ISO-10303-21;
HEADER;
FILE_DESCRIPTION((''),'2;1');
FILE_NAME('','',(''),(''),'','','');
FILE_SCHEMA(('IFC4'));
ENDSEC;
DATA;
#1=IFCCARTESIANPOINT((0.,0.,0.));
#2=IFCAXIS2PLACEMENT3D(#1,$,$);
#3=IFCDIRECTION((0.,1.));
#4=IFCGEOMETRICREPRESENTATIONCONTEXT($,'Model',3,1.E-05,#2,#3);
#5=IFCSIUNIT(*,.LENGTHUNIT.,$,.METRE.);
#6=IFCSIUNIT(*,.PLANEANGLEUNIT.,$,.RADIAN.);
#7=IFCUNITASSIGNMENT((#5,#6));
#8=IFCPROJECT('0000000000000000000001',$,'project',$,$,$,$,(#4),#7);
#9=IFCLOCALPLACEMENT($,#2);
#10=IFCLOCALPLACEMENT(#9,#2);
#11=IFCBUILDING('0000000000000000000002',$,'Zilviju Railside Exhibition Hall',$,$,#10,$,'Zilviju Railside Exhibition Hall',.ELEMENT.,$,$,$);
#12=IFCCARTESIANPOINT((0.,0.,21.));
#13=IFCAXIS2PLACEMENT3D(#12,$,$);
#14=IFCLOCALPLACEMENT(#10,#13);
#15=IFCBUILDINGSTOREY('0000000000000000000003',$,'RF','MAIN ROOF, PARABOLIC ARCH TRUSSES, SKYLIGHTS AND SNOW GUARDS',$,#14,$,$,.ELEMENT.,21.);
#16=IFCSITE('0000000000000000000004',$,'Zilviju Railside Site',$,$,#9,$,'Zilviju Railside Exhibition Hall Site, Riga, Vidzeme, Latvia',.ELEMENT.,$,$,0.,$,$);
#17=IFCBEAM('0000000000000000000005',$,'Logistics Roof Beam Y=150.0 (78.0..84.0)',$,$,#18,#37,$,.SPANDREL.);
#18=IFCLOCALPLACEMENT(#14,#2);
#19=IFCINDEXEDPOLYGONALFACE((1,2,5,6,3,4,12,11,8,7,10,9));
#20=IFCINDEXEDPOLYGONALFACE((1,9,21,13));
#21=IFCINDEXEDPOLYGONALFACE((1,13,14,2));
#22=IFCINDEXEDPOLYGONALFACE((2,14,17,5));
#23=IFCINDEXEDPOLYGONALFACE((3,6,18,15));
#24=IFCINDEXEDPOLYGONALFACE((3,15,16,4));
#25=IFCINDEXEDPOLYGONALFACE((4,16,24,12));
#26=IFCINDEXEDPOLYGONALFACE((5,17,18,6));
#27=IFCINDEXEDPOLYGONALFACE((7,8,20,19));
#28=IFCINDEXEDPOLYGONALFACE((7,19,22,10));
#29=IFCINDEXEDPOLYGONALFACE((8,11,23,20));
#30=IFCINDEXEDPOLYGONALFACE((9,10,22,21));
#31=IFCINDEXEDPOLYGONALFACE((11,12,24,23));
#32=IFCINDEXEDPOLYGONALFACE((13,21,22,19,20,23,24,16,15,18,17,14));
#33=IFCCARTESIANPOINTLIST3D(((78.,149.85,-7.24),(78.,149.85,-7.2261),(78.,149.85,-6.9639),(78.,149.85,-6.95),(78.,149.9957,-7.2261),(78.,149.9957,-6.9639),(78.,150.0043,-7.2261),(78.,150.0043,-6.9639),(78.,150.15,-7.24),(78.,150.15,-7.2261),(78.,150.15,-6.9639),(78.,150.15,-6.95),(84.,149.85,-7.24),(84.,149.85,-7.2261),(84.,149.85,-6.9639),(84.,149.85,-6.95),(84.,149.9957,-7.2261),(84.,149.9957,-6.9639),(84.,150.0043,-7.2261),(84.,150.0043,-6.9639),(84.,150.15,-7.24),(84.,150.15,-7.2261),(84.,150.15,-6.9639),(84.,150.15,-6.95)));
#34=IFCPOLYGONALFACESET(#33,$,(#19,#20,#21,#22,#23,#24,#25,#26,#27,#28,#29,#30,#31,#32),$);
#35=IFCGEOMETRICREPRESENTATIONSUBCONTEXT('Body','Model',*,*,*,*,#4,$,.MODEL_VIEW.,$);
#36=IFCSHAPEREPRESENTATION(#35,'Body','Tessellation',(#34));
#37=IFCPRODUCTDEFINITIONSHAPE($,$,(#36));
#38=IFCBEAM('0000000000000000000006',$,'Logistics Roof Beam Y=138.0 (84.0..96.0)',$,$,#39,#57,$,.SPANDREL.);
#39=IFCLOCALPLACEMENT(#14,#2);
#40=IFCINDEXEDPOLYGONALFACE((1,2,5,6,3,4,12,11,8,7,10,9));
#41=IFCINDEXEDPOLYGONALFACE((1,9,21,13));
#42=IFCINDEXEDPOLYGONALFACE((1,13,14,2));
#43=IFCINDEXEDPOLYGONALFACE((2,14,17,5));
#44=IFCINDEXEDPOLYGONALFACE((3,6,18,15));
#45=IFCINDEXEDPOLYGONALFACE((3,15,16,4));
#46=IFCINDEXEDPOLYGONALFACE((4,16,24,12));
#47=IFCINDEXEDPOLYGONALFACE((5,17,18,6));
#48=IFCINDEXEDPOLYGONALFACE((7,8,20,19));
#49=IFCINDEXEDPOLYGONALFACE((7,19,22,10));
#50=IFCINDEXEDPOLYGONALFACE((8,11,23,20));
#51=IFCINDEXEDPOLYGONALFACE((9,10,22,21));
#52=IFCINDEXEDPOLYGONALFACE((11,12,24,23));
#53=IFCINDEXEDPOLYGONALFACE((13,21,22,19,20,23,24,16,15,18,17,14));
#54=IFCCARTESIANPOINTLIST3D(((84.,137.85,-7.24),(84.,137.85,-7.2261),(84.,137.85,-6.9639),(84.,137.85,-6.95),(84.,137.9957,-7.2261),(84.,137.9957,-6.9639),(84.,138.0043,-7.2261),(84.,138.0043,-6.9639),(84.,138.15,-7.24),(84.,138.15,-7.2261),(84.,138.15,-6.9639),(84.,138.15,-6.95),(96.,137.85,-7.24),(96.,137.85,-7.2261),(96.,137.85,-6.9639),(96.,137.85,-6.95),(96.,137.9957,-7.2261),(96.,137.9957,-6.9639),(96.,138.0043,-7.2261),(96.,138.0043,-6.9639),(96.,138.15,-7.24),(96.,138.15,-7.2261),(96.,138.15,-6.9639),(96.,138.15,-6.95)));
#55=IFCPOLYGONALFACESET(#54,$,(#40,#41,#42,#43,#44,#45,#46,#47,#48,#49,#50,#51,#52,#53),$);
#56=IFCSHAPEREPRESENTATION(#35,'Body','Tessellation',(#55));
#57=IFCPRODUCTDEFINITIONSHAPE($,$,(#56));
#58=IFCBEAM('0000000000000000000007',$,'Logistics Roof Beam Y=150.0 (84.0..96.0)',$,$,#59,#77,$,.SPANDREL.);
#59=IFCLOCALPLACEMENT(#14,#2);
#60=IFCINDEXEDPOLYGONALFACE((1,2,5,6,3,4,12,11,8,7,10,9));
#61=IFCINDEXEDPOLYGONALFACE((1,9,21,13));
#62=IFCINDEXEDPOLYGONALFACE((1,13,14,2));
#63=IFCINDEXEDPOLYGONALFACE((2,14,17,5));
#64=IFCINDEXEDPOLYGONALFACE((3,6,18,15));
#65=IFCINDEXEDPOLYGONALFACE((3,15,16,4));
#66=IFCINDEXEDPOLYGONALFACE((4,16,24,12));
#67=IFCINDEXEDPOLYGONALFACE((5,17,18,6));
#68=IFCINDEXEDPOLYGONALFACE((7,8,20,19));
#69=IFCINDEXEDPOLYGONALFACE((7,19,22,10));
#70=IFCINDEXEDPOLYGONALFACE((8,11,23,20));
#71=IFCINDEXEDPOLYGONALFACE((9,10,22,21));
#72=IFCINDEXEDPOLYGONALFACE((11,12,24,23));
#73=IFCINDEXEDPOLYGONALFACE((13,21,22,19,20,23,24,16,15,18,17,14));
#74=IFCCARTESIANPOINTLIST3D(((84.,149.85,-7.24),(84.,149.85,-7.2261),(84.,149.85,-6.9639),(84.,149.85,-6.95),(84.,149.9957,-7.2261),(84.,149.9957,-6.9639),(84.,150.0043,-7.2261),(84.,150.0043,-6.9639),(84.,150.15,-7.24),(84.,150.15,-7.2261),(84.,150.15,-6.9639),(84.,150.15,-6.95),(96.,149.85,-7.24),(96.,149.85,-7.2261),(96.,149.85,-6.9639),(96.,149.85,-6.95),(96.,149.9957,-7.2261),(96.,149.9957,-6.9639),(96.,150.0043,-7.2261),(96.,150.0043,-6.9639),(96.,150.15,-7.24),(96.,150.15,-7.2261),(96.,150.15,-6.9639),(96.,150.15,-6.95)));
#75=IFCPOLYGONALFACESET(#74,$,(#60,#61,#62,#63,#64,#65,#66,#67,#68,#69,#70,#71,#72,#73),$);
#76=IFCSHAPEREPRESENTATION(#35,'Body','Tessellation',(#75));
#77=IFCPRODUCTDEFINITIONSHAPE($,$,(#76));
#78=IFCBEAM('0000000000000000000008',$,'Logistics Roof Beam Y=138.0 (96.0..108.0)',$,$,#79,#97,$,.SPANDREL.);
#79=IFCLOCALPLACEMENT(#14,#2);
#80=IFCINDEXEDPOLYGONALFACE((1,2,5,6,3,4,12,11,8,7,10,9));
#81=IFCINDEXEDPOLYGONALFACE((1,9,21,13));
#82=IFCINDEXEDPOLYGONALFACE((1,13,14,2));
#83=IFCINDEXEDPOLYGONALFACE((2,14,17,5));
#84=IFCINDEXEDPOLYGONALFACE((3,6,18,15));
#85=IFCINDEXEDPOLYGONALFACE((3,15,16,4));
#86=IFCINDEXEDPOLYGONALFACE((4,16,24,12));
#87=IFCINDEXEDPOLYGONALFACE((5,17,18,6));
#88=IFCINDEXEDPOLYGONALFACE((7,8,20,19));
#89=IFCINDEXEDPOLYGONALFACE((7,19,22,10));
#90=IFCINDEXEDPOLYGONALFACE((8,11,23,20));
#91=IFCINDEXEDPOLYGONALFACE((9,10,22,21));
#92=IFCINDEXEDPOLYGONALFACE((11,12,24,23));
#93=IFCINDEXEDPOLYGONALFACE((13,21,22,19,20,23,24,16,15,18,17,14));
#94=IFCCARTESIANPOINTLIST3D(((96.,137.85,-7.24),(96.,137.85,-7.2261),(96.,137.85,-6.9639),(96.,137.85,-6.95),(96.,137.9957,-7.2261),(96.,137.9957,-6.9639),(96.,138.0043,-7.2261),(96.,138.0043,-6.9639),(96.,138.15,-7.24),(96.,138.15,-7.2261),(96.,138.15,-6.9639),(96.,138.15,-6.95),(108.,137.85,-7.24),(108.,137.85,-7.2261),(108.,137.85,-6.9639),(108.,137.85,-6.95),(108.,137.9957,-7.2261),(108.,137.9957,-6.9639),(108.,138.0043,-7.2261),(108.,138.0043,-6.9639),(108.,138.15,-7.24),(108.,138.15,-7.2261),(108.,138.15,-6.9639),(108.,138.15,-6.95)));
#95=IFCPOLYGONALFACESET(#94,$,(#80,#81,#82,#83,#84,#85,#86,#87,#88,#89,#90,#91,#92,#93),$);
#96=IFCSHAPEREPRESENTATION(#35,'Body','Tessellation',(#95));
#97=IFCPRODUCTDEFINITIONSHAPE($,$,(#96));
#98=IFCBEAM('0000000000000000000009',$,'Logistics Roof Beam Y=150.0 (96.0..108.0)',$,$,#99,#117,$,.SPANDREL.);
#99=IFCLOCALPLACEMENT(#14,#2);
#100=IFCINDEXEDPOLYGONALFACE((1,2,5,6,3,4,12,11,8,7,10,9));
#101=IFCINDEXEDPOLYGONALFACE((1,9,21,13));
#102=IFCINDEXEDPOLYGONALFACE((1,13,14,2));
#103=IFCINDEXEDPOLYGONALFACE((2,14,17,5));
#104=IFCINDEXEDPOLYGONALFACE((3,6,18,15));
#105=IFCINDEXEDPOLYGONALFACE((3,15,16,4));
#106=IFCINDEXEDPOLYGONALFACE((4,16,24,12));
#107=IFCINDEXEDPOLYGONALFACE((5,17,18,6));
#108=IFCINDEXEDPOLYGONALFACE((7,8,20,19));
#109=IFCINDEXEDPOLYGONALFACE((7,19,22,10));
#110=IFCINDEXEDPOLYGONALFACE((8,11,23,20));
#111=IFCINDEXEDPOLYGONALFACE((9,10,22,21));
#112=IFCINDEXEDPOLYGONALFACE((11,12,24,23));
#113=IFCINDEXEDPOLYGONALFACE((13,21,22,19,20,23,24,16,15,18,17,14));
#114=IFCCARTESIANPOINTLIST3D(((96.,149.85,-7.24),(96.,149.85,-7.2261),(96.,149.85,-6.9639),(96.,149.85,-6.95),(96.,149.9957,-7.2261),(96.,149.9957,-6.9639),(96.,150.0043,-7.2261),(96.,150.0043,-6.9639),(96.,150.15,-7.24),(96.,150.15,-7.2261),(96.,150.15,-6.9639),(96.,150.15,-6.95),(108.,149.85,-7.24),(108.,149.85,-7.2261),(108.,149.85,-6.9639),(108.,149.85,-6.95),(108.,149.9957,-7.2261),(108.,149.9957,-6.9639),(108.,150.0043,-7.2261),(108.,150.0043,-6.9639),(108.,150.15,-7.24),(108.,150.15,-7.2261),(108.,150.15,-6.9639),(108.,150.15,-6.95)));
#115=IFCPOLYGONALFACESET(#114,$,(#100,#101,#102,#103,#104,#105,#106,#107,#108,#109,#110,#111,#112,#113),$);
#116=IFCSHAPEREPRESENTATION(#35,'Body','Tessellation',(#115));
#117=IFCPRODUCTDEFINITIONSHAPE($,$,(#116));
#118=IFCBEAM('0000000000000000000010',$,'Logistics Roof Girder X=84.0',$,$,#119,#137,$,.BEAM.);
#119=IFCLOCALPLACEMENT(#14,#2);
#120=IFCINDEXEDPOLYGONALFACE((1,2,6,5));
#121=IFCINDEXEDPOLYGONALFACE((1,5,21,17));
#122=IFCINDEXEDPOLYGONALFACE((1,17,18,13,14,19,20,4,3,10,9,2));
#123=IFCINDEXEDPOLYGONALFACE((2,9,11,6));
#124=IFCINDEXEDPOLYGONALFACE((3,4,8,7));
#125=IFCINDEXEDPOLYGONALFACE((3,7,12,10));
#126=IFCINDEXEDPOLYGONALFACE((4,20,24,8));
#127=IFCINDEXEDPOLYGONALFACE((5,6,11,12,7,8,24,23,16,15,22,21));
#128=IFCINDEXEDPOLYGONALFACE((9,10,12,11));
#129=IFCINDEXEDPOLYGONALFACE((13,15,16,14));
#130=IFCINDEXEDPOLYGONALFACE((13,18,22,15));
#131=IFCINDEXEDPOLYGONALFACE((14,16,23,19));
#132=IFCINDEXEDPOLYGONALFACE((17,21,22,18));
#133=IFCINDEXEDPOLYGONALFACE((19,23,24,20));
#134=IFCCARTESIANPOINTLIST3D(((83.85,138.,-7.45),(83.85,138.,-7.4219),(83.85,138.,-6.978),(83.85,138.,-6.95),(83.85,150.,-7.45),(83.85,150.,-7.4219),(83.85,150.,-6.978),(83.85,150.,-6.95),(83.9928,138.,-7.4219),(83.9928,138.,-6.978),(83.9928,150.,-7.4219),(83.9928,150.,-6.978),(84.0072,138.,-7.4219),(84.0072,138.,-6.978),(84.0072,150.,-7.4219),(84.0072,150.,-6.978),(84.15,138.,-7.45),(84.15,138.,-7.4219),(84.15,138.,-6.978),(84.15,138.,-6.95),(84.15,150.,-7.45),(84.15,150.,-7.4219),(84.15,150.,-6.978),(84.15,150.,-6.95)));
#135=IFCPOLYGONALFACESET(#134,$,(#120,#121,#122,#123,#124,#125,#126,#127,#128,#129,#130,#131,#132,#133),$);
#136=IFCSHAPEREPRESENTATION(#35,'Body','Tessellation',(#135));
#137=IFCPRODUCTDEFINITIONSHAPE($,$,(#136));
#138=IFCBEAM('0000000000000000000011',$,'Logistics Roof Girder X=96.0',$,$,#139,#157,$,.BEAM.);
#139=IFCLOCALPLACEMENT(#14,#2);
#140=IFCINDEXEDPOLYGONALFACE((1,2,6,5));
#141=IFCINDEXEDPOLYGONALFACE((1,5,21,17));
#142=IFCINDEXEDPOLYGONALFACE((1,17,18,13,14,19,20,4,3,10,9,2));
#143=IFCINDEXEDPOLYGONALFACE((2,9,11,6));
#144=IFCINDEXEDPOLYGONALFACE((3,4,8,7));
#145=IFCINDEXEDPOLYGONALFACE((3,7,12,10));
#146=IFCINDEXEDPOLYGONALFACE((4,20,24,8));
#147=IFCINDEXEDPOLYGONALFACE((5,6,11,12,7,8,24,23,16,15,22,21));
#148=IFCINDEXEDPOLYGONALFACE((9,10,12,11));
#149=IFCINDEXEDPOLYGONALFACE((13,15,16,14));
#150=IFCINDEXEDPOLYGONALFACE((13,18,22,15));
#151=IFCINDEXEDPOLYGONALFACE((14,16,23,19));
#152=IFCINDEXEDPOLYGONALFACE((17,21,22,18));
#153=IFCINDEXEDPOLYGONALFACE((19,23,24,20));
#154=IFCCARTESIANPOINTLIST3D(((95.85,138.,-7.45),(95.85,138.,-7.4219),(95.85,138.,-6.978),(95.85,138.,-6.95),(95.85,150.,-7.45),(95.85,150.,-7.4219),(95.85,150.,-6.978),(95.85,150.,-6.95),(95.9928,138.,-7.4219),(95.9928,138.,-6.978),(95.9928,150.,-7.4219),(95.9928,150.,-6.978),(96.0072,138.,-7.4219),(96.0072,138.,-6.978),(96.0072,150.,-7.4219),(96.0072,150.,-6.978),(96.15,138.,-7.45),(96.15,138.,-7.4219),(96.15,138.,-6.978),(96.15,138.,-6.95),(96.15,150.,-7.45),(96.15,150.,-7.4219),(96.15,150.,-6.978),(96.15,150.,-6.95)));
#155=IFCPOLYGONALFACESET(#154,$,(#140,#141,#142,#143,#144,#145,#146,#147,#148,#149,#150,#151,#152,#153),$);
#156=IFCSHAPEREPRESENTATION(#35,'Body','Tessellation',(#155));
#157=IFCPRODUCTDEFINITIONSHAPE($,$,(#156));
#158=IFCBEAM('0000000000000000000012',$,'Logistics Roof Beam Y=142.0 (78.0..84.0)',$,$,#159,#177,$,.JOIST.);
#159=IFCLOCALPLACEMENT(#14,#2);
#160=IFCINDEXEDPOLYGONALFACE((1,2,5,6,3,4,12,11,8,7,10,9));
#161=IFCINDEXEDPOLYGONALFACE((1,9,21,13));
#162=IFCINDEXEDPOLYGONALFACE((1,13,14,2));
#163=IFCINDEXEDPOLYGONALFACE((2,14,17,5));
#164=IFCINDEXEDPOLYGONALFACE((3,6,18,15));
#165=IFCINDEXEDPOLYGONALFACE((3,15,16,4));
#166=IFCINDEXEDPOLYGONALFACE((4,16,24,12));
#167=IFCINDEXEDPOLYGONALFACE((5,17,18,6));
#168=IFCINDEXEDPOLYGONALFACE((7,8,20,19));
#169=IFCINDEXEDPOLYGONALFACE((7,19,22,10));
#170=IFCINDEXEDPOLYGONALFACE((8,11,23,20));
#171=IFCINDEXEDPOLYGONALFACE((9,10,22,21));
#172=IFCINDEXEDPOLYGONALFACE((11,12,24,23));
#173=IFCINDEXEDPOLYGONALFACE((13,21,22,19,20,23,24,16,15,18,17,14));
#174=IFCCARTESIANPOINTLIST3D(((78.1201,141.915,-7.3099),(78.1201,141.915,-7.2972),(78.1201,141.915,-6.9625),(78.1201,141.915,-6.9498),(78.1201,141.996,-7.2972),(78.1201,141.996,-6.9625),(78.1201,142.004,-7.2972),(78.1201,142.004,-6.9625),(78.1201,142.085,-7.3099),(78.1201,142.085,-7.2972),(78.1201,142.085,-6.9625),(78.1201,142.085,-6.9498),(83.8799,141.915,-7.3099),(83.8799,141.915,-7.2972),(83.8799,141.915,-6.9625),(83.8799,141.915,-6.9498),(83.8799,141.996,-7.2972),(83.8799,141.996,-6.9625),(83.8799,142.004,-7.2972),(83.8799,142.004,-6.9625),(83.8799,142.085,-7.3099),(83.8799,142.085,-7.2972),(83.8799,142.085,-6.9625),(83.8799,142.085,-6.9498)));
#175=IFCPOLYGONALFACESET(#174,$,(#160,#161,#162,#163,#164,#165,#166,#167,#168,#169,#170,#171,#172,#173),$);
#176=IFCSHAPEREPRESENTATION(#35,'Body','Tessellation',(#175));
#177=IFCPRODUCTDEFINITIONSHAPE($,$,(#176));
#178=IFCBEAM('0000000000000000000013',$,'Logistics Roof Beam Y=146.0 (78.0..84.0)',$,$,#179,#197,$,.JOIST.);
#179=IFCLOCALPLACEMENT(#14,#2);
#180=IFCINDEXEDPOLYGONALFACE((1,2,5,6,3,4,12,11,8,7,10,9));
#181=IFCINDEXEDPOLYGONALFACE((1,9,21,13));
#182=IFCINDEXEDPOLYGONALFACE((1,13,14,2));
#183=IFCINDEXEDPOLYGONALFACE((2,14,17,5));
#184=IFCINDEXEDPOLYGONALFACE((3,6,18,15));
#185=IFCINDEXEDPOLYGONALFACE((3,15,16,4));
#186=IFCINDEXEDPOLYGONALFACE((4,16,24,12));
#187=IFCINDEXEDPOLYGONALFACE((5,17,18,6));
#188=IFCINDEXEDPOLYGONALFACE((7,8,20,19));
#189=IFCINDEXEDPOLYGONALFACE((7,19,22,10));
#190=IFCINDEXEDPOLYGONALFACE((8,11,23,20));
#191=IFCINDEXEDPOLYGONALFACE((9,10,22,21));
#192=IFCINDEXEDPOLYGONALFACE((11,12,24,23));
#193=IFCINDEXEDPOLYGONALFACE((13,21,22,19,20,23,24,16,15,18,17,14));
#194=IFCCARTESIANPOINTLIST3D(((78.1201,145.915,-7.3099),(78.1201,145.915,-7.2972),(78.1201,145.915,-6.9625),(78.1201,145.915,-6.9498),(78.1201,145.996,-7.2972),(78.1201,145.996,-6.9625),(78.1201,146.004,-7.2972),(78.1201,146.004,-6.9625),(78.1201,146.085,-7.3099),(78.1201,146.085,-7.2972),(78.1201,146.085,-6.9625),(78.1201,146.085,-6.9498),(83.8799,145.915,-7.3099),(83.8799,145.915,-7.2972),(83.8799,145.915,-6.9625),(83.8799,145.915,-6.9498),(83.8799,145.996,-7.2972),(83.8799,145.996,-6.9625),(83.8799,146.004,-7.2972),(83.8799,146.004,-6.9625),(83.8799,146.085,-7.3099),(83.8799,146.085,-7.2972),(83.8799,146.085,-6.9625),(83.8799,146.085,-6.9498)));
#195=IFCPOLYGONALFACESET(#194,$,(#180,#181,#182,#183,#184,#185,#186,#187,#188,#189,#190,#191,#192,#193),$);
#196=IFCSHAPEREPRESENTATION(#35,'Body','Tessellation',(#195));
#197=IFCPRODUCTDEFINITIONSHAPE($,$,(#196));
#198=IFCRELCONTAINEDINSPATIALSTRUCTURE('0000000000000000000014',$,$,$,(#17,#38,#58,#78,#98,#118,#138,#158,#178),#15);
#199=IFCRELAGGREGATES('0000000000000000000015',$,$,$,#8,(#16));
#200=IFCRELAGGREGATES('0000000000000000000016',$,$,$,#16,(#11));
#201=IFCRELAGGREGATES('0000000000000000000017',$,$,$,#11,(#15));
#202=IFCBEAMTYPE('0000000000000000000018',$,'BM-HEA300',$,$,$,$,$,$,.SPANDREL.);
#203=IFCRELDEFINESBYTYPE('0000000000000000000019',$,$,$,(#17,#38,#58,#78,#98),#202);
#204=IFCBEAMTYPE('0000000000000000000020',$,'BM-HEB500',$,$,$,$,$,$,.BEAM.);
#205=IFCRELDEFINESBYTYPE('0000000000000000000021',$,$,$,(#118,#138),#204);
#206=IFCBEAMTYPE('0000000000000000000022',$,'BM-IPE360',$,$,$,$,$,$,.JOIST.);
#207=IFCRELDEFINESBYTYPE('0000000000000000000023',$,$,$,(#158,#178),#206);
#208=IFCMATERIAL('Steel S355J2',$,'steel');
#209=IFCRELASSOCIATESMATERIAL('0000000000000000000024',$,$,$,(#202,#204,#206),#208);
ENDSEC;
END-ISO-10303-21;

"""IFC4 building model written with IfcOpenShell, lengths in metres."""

from ifc_helpers import new_model, si_unit, direction, frame, origin, origin_2d, place, context, subcontext, project, spatial, i_section, extrude, material, material_profile, profile_set, type_object, element, save


model = new_model("IFC4")

# Units and contexts
model_context = context("Model", 3, precision=1e-05, world=origin(), true_north=direction((0.0, 1.0)))
body_context = subcontext(model_context, "Body", "Model", "MODEL_VIEW")
ifc_project = project(units=[si_unit("LENGTHUNIT", "METRE"), si_unit("PLANEANGLEUNIT", "RADIAN")], contexts=[model_context])

# Site, building, storey
site_placement = place(None, origin())
site = spatial("IfcSite", under=ifc_project, at=site_placement, Name="Zilviju Railside Site", LongName="Zilviju Railside Exhibition Hall Site, Riga, Vidzeme, Latvia", CompositionType="ELEMENT", RefElevation=0.0)
building_placement = place(site_placement, origin())
building = spatial("IfcBuilding", under=site, at=building_placement, Name="Zilviju Railside Exhibition Hall", LongName="Zilviju Railside Exhibition Hall", CompositionType="ELEMENT")
storey_placement = place(building_placement, frame((0.0, 0.0, 21.0)))
storey = spatial("IfcBuildingStorey", under=building, at=storey_placement, Name="RF", Description="MAIN ROOF, PARABOLIC ARCH TRUSSES, SKYLIGHTS AND SNOW GUARDS", CompositionType="ELEMENT", Elevation=21.0)

# Beams
ifc_material_1 = material(Name="Steel S355J2", Category="steel")
ifc_material_profile_1 = material_profile(ifc_material_1, i_section(OverallWidth=0.3, OverallDepth=0.29, WebThickness=0.0085, FlangeThickness=0.0139, at=origin_2d()), Name="HEA 300")
ifc_profile_set_1 = profile_set([ifc_material_profile_1], Name="Steel S355J2")
beam_type_1 = type_object("IfcBeamType", Name="BM-HEA300", PredefinedType="SPANDREL", material=ifc_profile_set_1)
beam_placement = place(storey_placement, frame((78.0, 150.0, -7.095), z_axis=(1.0, 0.0, 0.0), x_axis=(0.0, 1.0, 0.0)))
element("IfcBeam", 1, at=beam_placement, inside=storey, type_object=beam_type_1, Name="Logistics Roof Beam Y=150.0 (78.0..84.0)", PredefinedType="SPANDREL", context=body_context, shape_type="SweptSolid", body=[
    extrude(i_section(OverallWidth=0.3, OverallDepth=0.29, WebThickness=0.0085, FlangeThickness=0.0139, at=origin_2d()), origin(), (0.0, 0.0, 1.0), 6.0),
])
for number, where, z_axis, x_axis, name in (
    (2, (84.0, 138.0, -7.095), (1.0, 0.0, 0.0), (0.0, 1.0, 0.0), "Logistics Roof Beam Y=138.0 (84.0..96.0)"),
    (3, (84.0, 150.0, -7.095), (1.0, 0.0, 0.0), (0.0, 1.0, 0.0), "Logistics Roof Beam Y=150.0 (84.0..96.0)"),
    (4, (96.0, 138.0, -7.095), (1.0, 0.0, 0.0), (0.0, 1.0, 0.0), "Logistics Roof Beam Y=138.0 (96.0..108.0)"),
    (5, (96.0, 150.0, -7.095), (1.0, 0.0, 0.0), (0.0, 1.0, 0.0), "Logistics Roof Beam Y=150.0 (96.0..108.0)"),
):
    element("IfcBeam", number, at=place(storey_placement, frame(where, z_axis=z_axis, x_axis=x_axis)), inside=storey, type_object=beam_type_1, Name=name, PredefinedType="SPANDREL", context=body_context, shape_type="SweptSolid", body=[
        extrude(i_section(OverallWidth=0.3, OverallDepth=0.29, WebThickness=0.0085, FlangeThickness=0.0139, at=origin_2d()), origin(), (0.0, 0.0, 1.0), 12.0),
    ])
ifc_material_profile_2 = material_profile(ifc_material_1, i_section(OverallWidth=0.3, OverallDepth=0.5, WebThickness=0.0144, FlangeThickness=0.0281, at=origin_2d()), Name="HEB 500")
ifc_profile_set_2 = profile_set([ifc_material_profile_2], Name="Steel S355J2")
beam_type_2 = type_object("IfcBeamType", Name="BM-HEB500", PredefinedType="BEAM", material=ifc_profile_set_2)
for number, where, z_axis, x_axis, name in (
    (6, (84.0, 138.0, -7.2), (0.0, 1.0, 0.0), (-1.0, 0.0, 0.0), "Logistics Roof Girder X=84.0"),
    (7, (96.0, 138.0, -7.2), (0.0, 1.0, 0.0), (-1.0, 0.0, 0.0), "Logistics Roof Girder X=96.0"),
):
    element("IfcBeam", number, at=place(storey_placement, frame(where, z_axis=z_axis, x_axis=x_axis)), inside=storey, type_object=beam_type_2, Name=name, PredefinedType="BEAM", context=body_context, shape_type="SweptSolid", body=[
        extrude(i_section(OverallWidth=0.3, OverallDepth=0.5, WebThickness=0.0144, FlangeThickness=0.0281, at=origin_2d()), origin(), (0.0, 0.0, 1.0), 12.0),
    ])
ifc_material_profile_3 = material_profile(ifc_material_1, i_section(OverallWidth=0.1699, OverallDepth=0.3601, WebThickness=0.0081, FlangeThickness=0.0127, at=origin_2d()), Name="IPE 360")
ifc_profile_set_3 = profile_set([ifc_material_profile_3], Name="Steel S355J2")
beam_type_3 = type_object("IfcBeamType", Name="BM-IPE360", PredefinedType="JOIST", material=ifc_profile_set_3)
for number, where, z_axis, x_axis, name in (
    (8, (78.1201, 142.0, -7.1299), (1.0, 0.0, 0.0), (0.0, 1.0, 0.0), "Logistics Roof Beam Y=142.0 (78.0..84.0)"),
    (9, (78.1201, 146.0, -7.1299), (1.0, 0.0, 0.0), (0.0, 1.0, 0.0), "Logistics Roof Beam Y=146.0 (78.0..84.0)"),
):
    element("IfcBeam", number, at=place(storey_placement, frame(where, z_axis=z_axis, x_axis=x_axis)), inside=storey, type_object=beam_type_3, Name=name, PredefinedType="JOIST", context=body_context, shape_type="SweptSolid", body=[
        extrude(i_section(OverallWidth=0.1699, OverallDepth=0.3601, WebThickness=0.0081, FlangeThickness=0.0127, at=origin_2d()), origin(), (0.0, 0.0, 1.0), 5.7598),
    ])

save(model, "model.ifc")
